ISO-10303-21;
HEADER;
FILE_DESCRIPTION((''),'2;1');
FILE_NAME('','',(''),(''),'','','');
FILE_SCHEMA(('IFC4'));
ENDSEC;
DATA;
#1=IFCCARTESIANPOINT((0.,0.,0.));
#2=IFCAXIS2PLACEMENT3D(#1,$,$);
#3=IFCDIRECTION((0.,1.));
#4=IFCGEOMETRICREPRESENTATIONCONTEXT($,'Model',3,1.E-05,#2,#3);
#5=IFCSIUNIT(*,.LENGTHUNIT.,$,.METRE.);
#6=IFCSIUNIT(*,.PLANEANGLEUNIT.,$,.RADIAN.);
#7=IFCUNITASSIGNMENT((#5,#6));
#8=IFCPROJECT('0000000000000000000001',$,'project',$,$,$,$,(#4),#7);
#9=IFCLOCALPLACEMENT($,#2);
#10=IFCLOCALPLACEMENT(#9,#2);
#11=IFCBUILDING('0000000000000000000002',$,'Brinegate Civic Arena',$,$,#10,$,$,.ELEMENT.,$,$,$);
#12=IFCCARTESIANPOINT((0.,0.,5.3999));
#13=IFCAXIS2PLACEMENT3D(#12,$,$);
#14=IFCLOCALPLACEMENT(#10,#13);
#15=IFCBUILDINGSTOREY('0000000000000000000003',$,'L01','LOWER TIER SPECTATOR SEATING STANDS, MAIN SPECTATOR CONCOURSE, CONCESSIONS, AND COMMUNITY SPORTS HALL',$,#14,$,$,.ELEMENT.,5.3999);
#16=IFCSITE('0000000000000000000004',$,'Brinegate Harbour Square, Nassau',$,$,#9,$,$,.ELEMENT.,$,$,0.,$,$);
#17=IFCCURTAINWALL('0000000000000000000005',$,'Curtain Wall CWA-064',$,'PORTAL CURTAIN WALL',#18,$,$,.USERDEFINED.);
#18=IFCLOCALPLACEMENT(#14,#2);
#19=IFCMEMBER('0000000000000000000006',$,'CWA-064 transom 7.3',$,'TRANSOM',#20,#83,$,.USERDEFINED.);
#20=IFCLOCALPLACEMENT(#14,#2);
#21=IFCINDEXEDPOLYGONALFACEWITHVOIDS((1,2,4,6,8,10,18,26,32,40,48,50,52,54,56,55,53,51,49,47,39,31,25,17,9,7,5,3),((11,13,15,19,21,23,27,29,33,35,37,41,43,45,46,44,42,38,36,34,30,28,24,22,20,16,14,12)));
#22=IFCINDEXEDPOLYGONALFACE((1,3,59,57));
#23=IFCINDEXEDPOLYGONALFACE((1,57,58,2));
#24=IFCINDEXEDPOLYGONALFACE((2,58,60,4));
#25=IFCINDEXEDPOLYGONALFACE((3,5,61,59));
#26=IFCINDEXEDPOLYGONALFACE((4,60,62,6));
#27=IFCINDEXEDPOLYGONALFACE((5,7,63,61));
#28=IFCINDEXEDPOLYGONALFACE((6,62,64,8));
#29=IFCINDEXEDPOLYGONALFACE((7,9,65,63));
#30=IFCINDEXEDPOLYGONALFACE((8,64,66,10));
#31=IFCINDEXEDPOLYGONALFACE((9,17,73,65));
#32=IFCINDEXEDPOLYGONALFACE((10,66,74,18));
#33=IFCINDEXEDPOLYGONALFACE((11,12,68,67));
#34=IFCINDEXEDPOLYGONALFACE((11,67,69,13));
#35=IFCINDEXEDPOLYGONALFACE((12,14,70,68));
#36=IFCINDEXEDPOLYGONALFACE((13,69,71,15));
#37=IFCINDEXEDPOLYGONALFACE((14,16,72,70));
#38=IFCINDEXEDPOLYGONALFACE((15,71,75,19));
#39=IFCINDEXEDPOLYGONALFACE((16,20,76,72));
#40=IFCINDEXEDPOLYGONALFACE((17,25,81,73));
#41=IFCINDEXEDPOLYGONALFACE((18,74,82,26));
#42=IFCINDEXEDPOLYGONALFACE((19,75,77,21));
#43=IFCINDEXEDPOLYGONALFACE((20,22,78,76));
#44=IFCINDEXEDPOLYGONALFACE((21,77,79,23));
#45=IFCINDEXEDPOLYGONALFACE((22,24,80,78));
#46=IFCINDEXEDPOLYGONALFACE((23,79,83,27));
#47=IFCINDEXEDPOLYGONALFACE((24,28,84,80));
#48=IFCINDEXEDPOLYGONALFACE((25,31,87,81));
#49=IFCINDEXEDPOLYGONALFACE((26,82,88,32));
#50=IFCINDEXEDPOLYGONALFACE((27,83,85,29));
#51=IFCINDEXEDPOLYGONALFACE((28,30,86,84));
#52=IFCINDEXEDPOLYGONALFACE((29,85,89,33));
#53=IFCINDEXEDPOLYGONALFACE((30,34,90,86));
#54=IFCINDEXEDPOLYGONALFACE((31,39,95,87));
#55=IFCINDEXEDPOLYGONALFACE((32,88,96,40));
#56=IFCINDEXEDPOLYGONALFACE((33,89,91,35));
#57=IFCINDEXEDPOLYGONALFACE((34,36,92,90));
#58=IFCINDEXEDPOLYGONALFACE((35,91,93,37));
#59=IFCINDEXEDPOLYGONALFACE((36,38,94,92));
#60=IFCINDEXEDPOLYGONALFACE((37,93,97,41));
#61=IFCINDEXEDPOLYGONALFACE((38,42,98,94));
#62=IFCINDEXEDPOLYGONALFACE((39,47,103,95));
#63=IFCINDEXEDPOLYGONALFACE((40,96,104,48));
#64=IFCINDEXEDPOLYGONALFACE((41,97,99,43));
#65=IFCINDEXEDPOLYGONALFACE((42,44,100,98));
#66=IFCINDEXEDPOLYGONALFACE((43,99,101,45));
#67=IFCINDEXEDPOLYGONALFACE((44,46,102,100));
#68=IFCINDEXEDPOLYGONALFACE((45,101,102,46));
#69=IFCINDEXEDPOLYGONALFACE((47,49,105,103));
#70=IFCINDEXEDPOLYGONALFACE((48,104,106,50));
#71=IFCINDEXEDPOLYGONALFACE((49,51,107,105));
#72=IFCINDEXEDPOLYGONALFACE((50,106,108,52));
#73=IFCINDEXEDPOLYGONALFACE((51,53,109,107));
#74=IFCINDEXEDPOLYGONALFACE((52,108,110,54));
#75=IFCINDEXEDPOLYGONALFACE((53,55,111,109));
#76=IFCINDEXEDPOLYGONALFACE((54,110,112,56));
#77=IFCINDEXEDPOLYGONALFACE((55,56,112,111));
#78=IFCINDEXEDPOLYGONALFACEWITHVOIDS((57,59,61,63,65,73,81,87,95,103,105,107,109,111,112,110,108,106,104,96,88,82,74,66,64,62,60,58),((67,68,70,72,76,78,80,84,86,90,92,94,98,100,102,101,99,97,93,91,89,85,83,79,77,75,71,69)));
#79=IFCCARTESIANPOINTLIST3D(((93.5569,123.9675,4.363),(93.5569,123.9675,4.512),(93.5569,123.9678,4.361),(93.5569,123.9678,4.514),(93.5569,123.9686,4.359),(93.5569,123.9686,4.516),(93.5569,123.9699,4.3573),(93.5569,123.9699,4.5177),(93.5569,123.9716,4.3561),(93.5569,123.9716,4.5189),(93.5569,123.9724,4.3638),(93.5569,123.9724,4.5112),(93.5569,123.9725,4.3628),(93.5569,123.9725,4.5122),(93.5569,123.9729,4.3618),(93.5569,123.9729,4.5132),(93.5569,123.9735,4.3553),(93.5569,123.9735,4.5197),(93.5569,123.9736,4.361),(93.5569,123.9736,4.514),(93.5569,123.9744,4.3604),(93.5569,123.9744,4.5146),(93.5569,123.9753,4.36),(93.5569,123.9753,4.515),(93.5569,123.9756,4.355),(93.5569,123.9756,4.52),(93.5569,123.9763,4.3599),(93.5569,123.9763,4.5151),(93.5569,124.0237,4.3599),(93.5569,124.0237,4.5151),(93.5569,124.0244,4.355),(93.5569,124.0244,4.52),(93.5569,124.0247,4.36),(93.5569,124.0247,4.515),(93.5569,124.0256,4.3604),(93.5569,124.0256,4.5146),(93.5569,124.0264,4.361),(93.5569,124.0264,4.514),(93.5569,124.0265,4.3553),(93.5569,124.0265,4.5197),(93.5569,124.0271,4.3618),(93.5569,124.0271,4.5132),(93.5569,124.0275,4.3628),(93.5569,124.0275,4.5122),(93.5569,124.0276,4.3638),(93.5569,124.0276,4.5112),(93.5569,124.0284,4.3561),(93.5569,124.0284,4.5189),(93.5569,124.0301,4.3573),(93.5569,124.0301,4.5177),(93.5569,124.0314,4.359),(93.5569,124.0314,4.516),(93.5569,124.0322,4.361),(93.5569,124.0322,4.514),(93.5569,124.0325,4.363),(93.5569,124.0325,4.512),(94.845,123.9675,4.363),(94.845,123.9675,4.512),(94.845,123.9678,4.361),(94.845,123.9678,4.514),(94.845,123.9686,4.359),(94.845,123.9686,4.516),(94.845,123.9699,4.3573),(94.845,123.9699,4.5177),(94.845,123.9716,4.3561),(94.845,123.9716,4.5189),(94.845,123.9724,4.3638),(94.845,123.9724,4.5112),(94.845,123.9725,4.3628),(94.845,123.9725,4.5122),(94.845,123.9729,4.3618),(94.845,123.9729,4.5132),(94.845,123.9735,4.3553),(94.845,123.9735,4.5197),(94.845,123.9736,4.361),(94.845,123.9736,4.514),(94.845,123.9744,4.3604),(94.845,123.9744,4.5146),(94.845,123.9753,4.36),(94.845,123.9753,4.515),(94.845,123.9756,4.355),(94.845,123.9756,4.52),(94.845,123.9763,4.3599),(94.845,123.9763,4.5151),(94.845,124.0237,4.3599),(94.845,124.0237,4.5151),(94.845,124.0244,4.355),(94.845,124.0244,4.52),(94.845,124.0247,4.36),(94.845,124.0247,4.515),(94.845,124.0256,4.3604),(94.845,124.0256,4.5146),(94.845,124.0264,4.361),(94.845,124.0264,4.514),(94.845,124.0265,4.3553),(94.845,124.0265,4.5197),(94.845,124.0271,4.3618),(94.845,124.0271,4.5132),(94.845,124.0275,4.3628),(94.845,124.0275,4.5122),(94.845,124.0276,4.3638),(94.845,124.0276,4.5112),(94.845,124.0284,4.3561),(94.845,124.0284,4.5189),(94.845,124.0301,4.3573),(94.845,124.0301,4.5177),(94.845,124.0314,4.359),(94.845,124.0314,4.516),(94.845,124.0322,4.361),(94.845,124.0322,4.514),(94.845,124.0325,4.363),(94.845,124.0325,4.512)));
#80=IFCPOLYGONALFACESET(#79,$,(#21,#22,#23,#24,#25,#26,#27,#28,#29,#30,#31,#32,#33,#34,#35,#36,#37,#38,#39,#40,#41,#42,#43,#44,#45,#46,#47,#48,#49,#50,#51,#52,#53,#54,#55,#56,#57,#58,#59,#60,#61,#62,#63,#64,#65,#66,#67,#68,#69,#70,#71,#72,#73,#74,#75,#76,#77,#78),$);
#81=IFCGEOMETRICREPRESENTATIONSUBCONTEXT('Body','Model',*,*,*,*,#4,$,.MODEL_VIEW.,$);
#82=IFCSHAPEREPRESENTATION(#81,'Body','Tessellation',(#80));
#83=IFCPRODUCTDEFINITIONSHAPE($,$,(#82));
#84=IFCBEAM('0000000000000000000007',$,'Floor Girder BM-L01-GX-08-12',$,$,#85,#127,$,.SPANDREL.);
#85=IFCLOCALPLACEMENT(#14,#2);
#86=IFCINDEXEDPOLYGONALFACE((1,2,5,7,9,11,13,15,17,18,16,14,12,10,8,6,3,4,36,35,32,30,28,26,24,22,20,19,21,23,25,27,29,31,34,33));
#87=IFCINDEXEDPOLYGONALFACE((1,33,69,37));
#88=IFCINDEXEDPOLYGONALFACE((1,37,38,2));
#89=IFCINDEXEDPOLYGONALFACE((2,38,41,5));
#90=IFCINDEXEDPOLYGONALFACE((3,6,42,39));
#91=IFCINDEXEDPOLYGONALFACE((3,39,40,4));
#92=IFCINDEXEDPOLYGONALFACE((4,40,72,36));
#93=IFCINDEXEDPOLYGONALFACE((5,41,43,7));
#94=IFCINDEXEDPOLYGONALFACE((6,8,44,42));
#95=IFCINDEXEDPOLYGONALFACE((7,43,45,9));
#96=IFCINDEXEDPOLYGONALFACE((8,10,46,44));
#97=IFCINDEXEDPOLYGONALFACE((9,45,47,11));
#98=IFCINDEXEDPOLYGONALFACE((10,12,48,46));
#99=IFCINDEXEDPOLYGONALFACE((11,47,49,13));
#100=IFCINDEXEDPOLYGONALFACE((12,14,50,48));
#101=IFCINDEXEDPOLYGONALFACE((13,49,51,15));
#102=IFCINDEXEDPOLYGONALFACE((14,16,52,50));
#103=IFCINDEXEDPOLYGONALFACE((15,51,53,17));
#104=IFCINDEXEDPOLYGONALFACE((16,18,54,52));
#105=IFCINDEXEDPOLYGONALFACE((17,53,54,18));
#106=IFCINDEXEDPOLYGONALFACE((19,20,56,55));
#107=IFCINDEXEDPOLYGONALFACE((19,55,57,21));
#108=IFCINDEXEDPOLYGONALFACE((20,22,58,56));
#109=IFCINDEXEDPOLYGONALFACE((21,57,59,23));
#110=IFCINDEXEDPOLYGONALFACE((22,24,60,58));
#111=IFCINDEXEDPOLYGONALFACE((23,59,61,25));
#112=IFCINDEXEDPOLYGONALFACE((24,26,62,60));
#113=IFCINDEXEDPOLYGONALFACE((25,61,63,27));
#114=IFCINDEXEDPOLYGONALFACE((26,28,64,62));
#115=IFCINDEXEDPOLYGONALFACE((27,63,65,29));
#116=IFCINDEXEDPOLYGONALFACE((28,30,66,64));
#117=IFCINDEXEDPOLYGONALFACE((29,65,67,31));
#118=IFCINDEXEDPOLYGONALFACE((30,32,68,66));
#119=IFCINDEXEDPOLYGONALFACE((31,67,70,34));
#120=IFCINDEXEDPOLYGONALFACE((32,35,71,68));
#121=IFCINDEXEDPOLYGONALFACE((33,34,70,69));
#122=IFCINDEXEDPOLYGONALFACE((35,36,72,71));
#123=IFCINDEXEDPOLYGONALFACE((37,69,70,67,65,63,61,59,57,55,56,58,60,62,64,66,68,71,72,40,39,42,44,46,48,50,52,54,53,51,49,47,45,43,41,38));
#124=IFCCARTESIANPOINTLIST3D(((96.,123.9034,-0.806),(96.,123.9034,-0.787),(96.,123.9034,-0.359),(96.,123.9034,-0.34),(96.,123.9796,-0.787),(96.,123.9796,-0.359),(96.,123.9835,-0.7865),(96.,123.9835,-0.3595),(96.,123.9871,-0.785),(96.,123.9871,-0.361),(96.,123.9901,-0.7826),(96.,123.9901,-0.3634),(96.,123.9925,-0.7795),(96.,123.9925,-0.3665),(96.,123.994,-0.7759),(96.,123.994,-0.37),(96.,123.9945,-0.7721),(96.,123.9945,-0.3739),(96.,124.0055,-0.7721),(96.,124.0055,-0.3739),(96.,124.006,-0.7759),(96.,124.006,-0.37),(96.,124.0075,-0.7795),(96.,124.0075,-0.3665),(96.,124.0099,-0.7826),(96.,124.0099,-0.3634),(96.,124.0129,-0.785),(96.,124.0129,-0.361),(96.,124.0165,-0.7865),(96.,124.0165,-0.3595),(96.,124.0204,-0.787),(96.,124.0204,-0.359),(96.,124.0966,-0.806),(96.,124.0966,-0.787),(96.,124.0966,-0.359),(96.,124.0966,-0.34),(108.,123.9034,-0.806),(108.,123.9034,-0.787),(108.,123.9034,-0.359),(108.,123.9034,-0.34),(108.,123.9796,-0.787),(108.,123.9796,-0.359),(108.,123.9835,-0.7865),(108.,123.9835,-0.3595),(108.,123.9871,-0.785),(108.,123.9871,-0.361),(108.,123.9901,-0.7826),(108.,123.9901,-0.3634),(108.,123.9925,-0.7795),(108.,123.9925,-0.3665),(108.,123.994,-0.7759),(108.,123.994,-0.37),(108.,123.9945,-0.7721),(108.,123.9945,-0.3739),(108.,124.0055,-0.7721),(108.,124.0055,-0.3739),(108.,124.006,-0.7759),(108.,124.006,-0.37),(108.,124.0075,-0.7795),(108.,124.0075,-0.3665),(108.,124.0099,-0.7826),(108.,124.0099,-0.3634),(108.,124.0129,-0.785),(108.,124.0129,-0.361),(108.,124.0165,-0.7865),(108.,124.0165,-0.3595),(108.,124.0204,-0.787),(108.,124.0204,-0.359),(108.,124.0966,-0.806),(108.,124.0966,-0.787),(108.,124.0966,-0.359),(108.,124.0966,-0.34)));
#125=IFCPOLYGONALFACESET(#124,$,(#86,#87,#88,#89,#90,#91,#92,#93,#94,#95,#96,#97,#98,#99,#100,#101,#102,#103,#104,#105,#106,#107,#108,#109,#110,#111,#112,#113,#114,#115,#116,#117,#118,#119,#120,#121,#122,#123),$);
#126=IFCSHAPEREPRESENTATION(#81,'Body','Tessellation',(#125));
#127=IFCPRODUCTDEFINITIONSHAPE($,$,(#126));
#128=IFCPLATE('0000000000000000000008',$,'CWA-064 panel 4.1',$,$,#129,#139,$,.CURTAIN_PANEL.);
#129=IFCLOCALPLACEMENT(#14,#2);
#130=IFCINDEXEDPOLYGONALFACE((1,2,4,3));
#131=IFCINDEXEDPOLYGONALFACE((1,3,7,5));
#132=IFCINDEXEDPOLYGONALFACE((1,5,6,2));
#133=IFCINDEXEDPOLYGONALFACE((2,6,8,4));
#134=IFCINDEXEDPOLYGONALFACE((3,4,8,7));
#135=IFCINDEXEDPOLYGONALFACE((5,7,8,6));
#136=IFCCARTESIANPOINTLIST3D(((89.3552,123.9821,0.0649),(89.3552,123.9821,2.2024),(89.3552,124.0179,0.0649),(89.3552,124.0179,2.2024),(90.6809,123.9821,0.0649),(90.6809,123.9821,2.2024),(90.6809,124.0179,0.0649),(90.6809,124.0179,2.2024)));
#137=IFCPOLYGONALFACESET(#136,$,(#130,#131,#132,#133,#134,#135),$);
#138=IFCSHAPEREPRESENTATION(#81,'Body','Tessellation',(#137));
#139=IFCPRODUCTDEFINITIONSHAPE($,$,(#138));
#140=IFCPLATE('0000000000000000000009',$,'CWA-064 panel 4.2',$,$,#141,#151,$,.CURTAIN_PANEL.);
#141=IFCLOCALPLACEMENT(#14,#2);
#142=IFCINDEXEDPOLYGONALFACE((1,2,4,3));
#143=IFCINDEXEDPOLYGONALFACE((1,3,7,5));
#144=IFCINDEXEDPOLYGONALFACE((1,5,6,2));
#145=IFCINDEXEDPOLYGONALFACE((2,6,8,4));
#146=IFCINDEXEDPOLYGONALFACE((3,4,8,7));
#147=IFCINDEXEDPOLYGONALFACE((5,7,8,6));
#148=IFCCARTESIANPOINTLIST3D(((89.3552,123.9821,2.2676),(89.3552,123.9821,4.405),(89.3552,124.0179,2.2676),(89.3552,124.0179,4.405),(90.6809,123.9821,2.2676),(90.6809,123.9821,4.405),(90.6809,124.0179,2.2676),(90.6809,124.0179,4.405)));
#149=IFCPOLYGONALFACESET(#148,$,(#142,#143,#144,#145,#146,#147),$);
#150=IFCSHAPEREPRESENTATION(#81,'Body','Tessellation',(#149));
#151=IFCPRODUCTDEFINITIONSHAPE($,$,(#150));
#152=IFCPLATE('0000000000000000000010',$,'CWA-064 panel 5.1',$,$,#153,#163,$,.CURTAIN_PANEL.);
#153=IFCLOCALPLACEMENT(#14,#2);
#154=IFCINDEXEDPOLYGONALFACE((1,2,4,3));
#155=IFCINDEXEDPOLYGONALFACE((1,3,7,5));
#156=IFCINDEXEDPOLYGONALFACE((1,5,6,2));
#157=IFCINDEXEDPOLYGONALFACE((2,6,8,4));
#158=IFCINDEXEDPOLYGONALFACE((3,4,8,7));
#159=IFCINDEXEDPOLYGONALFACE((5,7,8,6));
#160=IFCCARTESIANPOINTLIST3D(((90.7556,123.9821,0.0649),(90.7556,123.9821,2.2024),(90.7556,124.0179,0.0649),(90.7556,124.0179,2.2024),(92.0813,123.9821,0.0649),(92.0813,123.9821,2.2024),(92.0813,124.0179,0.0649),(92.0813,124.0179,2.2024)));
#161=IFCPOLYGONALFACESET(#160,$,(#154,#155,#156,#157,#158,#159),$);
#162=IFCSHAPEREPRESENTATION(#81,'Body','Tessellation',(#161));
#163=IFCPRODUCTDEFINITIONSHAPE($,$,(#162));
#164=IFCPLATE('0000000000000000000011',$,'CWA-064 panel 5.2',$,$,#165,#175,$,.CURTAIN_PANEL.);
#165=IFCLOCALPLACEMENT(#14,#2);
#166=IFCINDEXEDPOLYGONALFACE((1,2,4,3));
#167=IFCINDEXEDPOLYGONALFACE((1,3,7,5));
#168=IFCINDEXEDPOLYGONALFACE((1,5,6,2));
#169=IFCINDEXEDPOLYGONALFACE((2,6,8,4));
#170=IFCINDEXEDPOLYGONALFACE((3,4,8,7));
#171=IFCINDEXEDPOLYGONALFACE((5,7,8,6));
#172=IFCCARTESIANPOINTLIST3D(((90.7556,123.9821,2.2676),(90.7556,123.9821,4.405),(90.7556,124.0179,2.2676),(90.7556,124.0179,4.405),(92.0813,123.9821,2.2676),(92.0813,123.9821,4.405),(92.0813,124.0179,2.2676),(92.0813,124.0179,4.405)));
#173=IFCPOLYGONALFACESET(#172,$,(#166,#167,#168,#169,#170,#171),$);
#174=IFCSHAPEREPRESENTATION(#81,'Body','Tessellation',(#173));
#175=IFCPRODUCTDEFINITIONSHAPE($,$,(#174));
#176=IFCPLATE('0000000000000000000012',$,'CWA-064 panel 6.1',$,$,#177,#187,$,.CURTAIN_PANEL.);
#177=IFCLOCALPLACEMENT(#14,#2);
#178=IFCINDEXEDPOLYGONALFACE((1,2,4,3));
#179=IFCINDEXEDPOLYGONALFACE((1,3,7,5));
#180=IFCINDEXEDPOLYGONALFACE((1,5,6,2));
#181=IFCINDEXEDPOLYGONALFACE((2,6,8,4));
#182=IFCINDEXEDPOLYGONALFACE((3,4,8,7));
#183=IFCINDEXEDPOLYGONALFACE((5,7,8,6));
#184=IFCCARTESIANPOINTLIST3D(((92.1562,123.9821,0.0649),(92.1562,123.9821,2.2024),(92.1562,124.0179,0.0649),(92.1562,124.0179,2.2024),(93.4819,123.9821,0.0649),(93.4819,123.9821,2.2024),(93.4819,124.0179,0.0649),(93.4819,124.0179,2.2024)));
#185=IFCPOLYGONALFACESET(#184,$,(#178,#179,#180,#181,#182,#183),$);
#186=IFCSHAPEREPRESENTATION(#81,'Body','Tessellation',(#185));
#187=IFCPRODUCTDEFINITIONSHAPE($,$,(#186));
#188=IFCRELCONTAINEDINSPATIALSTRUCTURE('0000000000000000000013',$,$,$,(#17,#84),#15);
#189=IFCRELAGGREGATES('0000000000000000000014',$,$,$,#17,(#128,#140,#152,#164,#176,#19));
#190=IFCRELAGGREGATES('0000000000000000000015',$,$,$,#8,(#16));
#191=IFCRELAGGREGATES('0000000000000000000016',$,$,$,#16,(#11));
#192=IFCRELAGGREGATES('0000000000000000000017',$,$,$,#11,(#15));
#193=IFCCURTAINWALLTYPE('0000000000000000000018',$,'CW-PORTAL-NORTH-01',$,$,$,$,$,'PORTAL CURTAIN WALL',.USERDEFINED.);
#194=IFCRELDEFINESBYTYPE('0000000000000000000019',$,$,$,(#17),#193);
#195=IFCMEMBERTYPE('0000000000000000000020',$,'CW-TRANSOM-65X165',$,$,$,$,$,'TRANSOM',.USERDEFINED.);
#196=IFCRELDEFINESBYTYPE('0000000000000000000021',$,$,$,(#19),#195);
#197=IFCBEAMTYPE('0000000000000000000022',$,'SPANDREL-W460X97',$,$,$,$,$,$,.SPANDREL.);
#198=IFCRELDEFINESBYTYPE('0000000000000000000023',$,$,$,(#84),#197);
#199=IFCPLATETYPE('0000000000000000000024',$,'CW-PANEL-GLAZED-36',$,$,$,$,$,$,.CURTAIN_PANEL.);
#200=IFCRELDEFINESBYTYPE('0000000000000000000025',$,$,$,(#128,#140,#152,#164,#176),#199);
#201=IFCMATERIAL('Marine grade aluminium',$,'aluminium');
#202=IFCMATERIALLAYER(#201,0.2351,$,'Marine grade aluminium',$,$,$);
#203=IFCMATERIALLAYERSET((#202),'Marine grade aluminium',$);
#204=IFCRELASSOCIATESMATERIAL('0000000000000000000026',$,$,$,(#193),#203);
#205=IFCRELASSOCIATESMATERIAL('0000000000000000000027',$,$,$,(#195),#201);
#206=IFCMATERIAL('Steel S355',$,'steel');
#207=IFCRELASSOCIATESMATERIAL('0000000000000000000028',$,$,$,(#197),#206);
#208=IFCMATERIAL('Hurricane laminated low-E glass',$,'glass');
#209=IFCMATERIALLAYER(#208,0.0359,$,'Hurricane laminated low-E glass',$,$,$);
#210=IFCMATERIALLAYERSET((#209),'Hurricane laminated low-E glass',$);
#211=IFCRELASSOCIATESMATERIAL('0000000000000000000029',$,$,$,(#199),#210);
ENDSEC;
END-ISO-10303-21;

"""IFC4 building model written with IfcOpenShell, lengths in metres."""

from ifc_helpers import new_model, si_unit, direction, frame, origin, origin_2d, place, context, subcontext, project, spatial, rectangle, hollow_rectangle, i_section, extrude, material, layer, layer_set, material_profile, profile_set, type_object, element, aggregate, save


model = new_model("IFC4")

# Units and contexts
model_context = context("Model", 3, precision=1e-05, world=origin(), true_north=direction((0.0, 1.0)))
body_context = subcontext(model_context, "Body", "Model", "MODEL_VIEW")
ifc_project = project(units=[si_unit("LENGTHUNIT", "METRE"), si_unit("PLANEANGLEUNIT", "RADIAN")], contexts=[model_context])

# Site, building, storey
site_placement = place(None, origin())
site = spatial("IfcSite", under=ifc_project, at=site_placement, Name="Brinegate Harbour Square, Nassau", CompositionType="ELEMENT", RefElevation=0.0)
building_placement = place(site_placement, origin())
building = spatial("IfcBuilding", under=site, at=building_placement, Name="Brinegate Civic Arena", CompositionType="ELEMENT")
storey_placement = place(building_placement, frame((0.0, 0.0, 5.3999)))
storey = spatial("IfcBuildingStorey", under=building, at=storey_placement, Name="L01", Description="LOWER TIER SPECTATOR SEATING STANDS, MAIN SPECTATOR CONCOURSE, CONCESSIONS, AND COMMUNITY SPORTS HALL", CompositionType="ELEMENT", Elevation=5.3999)

# Curtain wall, member
ifc_material_1 = material(Name="Marine grade aluminium", Category="aluminium")
ifc_layer_1 = layer(ifc_material_1, 0.2351, Name="Marine grade aluminium")
ifc_layer_set_1 = layer_set([ifc_layer_1], Name="Marine grade aluminium")
curtain_wall_type = type_object("IfcCurtainWallType", Name="CW-PORTAL-NORTH-01", ElementType="PORTAL CURTAIN WALL", PredefinedType="USERDEFINED", material=ifc_layer_set_1)
curtain_wall_placement = place(storey_placement, origin())
curtain_wall = element("IfcCurtainWall", 1, at=curtain_wall_placement, inside=storey, type_object=curtain_wall_type, Name="Curtain Wall CWA-064", ObjectType="PORTAL CURTAIN WALL", PredefinedType="USERDEFINED")
ifc_material_profile_1 = material_profile(ifc_material_1, hollow_rectangle(XDim=0.0649, YDim=0.165, WallThickness=0.0049, InnerFilletRadius=0.0039, OuterFilletRadius=0.0081, at=origin_2d()), Name="TRN65X165")
ifc_profile_set_1 = profile_set([ifc_material_profile_1], Name="Marine grade aluminium")
member_type_1 = type_object("IfcMemberType", Name="CW-TRANSOM-65X165", ElementType="TRANSOM", PredefinedType="USERDEFINED", material=ifc_profile_set_1)
member_1_placement = place(storey_placement, frame((93.5569, 124.0, 4.4375), z_axis=(1.0, 0.0, 0.0), x_axis=(0.0, 1.0, 0.0)))
member_1 = element("IfcMember", 2, at=member_1_placement, type_object=member_type_1, Name="CWA-064 transom 7.3", ObjectType="TRANSOM", PredefinedType="USERDEFINED", context=body_context, shape_type="SweptSolid", body=[
    extrude(hollow_rectangle(XDim=0.0649, YDim=0.165, WallThickness=0.0049, InnerFilletRadius=0.0039, OuterFilletRadius=0.0081, at=origin_2d()), origin(), (0.0, 0.0, 1.0), 1.2881),
])

# Beam
ifc_material_2 = material(Name="Steel S355", Category="steel")
ifc_material_profile_2 = material_profile(ifc_material_2, i_section(OverallWidth=0.1931, OverallDepth=0.4661, WebThickness=0.011, FlangeThickness=0.019, FilletRadius=0.0149, at=origin_2d()), Name="W460X97")
ifc_profile_set_2 = profile_set([ifc_material_profile_2], Name="Steel S355")
beam_type = type_object("IfcBeamType", Name="SPANDREL-W460X97", PredefinedType="SPANDREL", material=ifc_profile_set_2)
beam_placement = place(storey_placement, frame((96.0, 124.0, -0.573), z_axis=(1.0, 0.0, 0.0), x_axis=(0.0, 1.0, 0.0)))
element("IfcBeam", 3, at=beam_placement, inside=storey, type_object=beam_type, Name="Floor Girder BM-L01-GX-08-12", PredefinedType="SPANDREL", context=body_context, shape_type="SweptSolid", body=[
    extrude(i_section(OverallWidth=0.1931, OverallDepth=0.4661, WebThickness=0.011, FlangeThickness=0.019, FilletRadius=0.0149, at=origin_2d()), origin(), (0.0, 0.0, 1.0), 12.0),
])

# Plates
ifc_material_3 = material(Name="Hurricane laminated low-E glass", Category="glass")
ifc_layer_2 = layer(ifc_material_3, 0.0359, Name="Hurricane laminated low-E glass")
ifc_layer_set_2 = layer_set([ifc_layer_2], Name="Hurricane laminated low-E glass")
plate_type = type_object("IfcPlateType", Name="CW-PANEL-GLAZED-36", PredefinedType="CURTAIN_PANEL", material=ifc_layer_set_2)
plate_1_placement = place(storey_placement, frame((90.0181, 124.0, 0.0649), z_axis=(0.0, 0.0, 1.0), x_axis=(1.0, 0.0, 0.0)))
plate_1 = element("IfcPlate", 4, at=plate_1_placement, type_object=plate_type, Name="CWA-064 panel 4.1", PredefinedType="CURTAIN_PANEL", context=body_context, shape_type="SweptSolid", body=[
    extrude(rectangle(XDim=1.3257, YDim=0.0359, at=origin_2d()), origin(), (0.0, 0.0, 1.0), 2.1375),
])
plate_2_placement = place(storey_placement, frame((90.0181, 124.0, 2.2676), z_axis=(0.0, 0.0, 1.0), x_axis=(1.0, 0.0, 0.0)))
plate_2 = element("IfcPlate", 5, at=plate_2_placement, type_object=plate_type, Name="CWA-064 panel 4.2", PredefinedType="CURTAIN_PANEL", context=body_context, shape_type="SweptSolid", body=[
    extrude(rectangle(XDim=1.3257, YDim=0.0359, at=origin_2d()), origin(), (0.0, 0.0, 1.0), 2.1375),
])
plate_3_placement = place(storey_placement, frame((91.4185, 124.0, 0.0649), z_axis=(0.0, 0.0, 1.0), x_axis=(1.0, 0.0, 0.0)))
plate_3 = element("IfcPlate", 6, at=plate_3_placement, type_object=plate_type, Name="CWA-064 panel 5.1", PredefinedType="CURTAIN_PANEL", context=body_context, shape_type="SweptSolid", body=[
    extrude(rectangle(XDim=1.3257, YDim=0.0359, at=origin_2d()), origin(), (0.0, 0.0, 1.0), 2.1375),
])
plate_4_placement = place(storey_placement, frame((91.4185, 124.0, 2.2676), z_axis=(0.0, 0.0, 1.0), x_axis=(1.0, 0.0, 0.0)))
plate_4 = element("IfcPlate", 7, at=plate_4_placement, type_object=plate_type, Name="CWA-064 panel 5.2", PredefinedType="CURTAIN_PANEL", context=body_context, shape_type="SweptSolid", body=[
    extrude(rectangle(XDim=1.3257, YDim=0.0359, at=origin_2d()), origin(), (0.0, 0.0, 1.0), 2.1375),
])
plate_5_placement = place(storey_placement, frame((92.8191, 124.0, 0.0649), z_axis=(0.0, 0.0, 1.0), x_axis=(1.0, 0.0, 0.0)))
plate_5 = element("IfcPlate", 8, at=plate_5_placement, type_object=plate_type, Name="CWA-064 panel 6.1", PredefinedType="CURTAIN_PANEL", context=body_context, shape_type="SweptSolid", body=[
    extrude(rectangle(XDim=1.3257, YDim=0.0359, at=origin_2d()), origin(), (0.0, 0.0, 1.0), 2.1375),
])
aggregate(curtain_wall, [plate_1, plate_2, plate_3, plate_4, plate_5, member_1])

save(model, "model.ifc")
